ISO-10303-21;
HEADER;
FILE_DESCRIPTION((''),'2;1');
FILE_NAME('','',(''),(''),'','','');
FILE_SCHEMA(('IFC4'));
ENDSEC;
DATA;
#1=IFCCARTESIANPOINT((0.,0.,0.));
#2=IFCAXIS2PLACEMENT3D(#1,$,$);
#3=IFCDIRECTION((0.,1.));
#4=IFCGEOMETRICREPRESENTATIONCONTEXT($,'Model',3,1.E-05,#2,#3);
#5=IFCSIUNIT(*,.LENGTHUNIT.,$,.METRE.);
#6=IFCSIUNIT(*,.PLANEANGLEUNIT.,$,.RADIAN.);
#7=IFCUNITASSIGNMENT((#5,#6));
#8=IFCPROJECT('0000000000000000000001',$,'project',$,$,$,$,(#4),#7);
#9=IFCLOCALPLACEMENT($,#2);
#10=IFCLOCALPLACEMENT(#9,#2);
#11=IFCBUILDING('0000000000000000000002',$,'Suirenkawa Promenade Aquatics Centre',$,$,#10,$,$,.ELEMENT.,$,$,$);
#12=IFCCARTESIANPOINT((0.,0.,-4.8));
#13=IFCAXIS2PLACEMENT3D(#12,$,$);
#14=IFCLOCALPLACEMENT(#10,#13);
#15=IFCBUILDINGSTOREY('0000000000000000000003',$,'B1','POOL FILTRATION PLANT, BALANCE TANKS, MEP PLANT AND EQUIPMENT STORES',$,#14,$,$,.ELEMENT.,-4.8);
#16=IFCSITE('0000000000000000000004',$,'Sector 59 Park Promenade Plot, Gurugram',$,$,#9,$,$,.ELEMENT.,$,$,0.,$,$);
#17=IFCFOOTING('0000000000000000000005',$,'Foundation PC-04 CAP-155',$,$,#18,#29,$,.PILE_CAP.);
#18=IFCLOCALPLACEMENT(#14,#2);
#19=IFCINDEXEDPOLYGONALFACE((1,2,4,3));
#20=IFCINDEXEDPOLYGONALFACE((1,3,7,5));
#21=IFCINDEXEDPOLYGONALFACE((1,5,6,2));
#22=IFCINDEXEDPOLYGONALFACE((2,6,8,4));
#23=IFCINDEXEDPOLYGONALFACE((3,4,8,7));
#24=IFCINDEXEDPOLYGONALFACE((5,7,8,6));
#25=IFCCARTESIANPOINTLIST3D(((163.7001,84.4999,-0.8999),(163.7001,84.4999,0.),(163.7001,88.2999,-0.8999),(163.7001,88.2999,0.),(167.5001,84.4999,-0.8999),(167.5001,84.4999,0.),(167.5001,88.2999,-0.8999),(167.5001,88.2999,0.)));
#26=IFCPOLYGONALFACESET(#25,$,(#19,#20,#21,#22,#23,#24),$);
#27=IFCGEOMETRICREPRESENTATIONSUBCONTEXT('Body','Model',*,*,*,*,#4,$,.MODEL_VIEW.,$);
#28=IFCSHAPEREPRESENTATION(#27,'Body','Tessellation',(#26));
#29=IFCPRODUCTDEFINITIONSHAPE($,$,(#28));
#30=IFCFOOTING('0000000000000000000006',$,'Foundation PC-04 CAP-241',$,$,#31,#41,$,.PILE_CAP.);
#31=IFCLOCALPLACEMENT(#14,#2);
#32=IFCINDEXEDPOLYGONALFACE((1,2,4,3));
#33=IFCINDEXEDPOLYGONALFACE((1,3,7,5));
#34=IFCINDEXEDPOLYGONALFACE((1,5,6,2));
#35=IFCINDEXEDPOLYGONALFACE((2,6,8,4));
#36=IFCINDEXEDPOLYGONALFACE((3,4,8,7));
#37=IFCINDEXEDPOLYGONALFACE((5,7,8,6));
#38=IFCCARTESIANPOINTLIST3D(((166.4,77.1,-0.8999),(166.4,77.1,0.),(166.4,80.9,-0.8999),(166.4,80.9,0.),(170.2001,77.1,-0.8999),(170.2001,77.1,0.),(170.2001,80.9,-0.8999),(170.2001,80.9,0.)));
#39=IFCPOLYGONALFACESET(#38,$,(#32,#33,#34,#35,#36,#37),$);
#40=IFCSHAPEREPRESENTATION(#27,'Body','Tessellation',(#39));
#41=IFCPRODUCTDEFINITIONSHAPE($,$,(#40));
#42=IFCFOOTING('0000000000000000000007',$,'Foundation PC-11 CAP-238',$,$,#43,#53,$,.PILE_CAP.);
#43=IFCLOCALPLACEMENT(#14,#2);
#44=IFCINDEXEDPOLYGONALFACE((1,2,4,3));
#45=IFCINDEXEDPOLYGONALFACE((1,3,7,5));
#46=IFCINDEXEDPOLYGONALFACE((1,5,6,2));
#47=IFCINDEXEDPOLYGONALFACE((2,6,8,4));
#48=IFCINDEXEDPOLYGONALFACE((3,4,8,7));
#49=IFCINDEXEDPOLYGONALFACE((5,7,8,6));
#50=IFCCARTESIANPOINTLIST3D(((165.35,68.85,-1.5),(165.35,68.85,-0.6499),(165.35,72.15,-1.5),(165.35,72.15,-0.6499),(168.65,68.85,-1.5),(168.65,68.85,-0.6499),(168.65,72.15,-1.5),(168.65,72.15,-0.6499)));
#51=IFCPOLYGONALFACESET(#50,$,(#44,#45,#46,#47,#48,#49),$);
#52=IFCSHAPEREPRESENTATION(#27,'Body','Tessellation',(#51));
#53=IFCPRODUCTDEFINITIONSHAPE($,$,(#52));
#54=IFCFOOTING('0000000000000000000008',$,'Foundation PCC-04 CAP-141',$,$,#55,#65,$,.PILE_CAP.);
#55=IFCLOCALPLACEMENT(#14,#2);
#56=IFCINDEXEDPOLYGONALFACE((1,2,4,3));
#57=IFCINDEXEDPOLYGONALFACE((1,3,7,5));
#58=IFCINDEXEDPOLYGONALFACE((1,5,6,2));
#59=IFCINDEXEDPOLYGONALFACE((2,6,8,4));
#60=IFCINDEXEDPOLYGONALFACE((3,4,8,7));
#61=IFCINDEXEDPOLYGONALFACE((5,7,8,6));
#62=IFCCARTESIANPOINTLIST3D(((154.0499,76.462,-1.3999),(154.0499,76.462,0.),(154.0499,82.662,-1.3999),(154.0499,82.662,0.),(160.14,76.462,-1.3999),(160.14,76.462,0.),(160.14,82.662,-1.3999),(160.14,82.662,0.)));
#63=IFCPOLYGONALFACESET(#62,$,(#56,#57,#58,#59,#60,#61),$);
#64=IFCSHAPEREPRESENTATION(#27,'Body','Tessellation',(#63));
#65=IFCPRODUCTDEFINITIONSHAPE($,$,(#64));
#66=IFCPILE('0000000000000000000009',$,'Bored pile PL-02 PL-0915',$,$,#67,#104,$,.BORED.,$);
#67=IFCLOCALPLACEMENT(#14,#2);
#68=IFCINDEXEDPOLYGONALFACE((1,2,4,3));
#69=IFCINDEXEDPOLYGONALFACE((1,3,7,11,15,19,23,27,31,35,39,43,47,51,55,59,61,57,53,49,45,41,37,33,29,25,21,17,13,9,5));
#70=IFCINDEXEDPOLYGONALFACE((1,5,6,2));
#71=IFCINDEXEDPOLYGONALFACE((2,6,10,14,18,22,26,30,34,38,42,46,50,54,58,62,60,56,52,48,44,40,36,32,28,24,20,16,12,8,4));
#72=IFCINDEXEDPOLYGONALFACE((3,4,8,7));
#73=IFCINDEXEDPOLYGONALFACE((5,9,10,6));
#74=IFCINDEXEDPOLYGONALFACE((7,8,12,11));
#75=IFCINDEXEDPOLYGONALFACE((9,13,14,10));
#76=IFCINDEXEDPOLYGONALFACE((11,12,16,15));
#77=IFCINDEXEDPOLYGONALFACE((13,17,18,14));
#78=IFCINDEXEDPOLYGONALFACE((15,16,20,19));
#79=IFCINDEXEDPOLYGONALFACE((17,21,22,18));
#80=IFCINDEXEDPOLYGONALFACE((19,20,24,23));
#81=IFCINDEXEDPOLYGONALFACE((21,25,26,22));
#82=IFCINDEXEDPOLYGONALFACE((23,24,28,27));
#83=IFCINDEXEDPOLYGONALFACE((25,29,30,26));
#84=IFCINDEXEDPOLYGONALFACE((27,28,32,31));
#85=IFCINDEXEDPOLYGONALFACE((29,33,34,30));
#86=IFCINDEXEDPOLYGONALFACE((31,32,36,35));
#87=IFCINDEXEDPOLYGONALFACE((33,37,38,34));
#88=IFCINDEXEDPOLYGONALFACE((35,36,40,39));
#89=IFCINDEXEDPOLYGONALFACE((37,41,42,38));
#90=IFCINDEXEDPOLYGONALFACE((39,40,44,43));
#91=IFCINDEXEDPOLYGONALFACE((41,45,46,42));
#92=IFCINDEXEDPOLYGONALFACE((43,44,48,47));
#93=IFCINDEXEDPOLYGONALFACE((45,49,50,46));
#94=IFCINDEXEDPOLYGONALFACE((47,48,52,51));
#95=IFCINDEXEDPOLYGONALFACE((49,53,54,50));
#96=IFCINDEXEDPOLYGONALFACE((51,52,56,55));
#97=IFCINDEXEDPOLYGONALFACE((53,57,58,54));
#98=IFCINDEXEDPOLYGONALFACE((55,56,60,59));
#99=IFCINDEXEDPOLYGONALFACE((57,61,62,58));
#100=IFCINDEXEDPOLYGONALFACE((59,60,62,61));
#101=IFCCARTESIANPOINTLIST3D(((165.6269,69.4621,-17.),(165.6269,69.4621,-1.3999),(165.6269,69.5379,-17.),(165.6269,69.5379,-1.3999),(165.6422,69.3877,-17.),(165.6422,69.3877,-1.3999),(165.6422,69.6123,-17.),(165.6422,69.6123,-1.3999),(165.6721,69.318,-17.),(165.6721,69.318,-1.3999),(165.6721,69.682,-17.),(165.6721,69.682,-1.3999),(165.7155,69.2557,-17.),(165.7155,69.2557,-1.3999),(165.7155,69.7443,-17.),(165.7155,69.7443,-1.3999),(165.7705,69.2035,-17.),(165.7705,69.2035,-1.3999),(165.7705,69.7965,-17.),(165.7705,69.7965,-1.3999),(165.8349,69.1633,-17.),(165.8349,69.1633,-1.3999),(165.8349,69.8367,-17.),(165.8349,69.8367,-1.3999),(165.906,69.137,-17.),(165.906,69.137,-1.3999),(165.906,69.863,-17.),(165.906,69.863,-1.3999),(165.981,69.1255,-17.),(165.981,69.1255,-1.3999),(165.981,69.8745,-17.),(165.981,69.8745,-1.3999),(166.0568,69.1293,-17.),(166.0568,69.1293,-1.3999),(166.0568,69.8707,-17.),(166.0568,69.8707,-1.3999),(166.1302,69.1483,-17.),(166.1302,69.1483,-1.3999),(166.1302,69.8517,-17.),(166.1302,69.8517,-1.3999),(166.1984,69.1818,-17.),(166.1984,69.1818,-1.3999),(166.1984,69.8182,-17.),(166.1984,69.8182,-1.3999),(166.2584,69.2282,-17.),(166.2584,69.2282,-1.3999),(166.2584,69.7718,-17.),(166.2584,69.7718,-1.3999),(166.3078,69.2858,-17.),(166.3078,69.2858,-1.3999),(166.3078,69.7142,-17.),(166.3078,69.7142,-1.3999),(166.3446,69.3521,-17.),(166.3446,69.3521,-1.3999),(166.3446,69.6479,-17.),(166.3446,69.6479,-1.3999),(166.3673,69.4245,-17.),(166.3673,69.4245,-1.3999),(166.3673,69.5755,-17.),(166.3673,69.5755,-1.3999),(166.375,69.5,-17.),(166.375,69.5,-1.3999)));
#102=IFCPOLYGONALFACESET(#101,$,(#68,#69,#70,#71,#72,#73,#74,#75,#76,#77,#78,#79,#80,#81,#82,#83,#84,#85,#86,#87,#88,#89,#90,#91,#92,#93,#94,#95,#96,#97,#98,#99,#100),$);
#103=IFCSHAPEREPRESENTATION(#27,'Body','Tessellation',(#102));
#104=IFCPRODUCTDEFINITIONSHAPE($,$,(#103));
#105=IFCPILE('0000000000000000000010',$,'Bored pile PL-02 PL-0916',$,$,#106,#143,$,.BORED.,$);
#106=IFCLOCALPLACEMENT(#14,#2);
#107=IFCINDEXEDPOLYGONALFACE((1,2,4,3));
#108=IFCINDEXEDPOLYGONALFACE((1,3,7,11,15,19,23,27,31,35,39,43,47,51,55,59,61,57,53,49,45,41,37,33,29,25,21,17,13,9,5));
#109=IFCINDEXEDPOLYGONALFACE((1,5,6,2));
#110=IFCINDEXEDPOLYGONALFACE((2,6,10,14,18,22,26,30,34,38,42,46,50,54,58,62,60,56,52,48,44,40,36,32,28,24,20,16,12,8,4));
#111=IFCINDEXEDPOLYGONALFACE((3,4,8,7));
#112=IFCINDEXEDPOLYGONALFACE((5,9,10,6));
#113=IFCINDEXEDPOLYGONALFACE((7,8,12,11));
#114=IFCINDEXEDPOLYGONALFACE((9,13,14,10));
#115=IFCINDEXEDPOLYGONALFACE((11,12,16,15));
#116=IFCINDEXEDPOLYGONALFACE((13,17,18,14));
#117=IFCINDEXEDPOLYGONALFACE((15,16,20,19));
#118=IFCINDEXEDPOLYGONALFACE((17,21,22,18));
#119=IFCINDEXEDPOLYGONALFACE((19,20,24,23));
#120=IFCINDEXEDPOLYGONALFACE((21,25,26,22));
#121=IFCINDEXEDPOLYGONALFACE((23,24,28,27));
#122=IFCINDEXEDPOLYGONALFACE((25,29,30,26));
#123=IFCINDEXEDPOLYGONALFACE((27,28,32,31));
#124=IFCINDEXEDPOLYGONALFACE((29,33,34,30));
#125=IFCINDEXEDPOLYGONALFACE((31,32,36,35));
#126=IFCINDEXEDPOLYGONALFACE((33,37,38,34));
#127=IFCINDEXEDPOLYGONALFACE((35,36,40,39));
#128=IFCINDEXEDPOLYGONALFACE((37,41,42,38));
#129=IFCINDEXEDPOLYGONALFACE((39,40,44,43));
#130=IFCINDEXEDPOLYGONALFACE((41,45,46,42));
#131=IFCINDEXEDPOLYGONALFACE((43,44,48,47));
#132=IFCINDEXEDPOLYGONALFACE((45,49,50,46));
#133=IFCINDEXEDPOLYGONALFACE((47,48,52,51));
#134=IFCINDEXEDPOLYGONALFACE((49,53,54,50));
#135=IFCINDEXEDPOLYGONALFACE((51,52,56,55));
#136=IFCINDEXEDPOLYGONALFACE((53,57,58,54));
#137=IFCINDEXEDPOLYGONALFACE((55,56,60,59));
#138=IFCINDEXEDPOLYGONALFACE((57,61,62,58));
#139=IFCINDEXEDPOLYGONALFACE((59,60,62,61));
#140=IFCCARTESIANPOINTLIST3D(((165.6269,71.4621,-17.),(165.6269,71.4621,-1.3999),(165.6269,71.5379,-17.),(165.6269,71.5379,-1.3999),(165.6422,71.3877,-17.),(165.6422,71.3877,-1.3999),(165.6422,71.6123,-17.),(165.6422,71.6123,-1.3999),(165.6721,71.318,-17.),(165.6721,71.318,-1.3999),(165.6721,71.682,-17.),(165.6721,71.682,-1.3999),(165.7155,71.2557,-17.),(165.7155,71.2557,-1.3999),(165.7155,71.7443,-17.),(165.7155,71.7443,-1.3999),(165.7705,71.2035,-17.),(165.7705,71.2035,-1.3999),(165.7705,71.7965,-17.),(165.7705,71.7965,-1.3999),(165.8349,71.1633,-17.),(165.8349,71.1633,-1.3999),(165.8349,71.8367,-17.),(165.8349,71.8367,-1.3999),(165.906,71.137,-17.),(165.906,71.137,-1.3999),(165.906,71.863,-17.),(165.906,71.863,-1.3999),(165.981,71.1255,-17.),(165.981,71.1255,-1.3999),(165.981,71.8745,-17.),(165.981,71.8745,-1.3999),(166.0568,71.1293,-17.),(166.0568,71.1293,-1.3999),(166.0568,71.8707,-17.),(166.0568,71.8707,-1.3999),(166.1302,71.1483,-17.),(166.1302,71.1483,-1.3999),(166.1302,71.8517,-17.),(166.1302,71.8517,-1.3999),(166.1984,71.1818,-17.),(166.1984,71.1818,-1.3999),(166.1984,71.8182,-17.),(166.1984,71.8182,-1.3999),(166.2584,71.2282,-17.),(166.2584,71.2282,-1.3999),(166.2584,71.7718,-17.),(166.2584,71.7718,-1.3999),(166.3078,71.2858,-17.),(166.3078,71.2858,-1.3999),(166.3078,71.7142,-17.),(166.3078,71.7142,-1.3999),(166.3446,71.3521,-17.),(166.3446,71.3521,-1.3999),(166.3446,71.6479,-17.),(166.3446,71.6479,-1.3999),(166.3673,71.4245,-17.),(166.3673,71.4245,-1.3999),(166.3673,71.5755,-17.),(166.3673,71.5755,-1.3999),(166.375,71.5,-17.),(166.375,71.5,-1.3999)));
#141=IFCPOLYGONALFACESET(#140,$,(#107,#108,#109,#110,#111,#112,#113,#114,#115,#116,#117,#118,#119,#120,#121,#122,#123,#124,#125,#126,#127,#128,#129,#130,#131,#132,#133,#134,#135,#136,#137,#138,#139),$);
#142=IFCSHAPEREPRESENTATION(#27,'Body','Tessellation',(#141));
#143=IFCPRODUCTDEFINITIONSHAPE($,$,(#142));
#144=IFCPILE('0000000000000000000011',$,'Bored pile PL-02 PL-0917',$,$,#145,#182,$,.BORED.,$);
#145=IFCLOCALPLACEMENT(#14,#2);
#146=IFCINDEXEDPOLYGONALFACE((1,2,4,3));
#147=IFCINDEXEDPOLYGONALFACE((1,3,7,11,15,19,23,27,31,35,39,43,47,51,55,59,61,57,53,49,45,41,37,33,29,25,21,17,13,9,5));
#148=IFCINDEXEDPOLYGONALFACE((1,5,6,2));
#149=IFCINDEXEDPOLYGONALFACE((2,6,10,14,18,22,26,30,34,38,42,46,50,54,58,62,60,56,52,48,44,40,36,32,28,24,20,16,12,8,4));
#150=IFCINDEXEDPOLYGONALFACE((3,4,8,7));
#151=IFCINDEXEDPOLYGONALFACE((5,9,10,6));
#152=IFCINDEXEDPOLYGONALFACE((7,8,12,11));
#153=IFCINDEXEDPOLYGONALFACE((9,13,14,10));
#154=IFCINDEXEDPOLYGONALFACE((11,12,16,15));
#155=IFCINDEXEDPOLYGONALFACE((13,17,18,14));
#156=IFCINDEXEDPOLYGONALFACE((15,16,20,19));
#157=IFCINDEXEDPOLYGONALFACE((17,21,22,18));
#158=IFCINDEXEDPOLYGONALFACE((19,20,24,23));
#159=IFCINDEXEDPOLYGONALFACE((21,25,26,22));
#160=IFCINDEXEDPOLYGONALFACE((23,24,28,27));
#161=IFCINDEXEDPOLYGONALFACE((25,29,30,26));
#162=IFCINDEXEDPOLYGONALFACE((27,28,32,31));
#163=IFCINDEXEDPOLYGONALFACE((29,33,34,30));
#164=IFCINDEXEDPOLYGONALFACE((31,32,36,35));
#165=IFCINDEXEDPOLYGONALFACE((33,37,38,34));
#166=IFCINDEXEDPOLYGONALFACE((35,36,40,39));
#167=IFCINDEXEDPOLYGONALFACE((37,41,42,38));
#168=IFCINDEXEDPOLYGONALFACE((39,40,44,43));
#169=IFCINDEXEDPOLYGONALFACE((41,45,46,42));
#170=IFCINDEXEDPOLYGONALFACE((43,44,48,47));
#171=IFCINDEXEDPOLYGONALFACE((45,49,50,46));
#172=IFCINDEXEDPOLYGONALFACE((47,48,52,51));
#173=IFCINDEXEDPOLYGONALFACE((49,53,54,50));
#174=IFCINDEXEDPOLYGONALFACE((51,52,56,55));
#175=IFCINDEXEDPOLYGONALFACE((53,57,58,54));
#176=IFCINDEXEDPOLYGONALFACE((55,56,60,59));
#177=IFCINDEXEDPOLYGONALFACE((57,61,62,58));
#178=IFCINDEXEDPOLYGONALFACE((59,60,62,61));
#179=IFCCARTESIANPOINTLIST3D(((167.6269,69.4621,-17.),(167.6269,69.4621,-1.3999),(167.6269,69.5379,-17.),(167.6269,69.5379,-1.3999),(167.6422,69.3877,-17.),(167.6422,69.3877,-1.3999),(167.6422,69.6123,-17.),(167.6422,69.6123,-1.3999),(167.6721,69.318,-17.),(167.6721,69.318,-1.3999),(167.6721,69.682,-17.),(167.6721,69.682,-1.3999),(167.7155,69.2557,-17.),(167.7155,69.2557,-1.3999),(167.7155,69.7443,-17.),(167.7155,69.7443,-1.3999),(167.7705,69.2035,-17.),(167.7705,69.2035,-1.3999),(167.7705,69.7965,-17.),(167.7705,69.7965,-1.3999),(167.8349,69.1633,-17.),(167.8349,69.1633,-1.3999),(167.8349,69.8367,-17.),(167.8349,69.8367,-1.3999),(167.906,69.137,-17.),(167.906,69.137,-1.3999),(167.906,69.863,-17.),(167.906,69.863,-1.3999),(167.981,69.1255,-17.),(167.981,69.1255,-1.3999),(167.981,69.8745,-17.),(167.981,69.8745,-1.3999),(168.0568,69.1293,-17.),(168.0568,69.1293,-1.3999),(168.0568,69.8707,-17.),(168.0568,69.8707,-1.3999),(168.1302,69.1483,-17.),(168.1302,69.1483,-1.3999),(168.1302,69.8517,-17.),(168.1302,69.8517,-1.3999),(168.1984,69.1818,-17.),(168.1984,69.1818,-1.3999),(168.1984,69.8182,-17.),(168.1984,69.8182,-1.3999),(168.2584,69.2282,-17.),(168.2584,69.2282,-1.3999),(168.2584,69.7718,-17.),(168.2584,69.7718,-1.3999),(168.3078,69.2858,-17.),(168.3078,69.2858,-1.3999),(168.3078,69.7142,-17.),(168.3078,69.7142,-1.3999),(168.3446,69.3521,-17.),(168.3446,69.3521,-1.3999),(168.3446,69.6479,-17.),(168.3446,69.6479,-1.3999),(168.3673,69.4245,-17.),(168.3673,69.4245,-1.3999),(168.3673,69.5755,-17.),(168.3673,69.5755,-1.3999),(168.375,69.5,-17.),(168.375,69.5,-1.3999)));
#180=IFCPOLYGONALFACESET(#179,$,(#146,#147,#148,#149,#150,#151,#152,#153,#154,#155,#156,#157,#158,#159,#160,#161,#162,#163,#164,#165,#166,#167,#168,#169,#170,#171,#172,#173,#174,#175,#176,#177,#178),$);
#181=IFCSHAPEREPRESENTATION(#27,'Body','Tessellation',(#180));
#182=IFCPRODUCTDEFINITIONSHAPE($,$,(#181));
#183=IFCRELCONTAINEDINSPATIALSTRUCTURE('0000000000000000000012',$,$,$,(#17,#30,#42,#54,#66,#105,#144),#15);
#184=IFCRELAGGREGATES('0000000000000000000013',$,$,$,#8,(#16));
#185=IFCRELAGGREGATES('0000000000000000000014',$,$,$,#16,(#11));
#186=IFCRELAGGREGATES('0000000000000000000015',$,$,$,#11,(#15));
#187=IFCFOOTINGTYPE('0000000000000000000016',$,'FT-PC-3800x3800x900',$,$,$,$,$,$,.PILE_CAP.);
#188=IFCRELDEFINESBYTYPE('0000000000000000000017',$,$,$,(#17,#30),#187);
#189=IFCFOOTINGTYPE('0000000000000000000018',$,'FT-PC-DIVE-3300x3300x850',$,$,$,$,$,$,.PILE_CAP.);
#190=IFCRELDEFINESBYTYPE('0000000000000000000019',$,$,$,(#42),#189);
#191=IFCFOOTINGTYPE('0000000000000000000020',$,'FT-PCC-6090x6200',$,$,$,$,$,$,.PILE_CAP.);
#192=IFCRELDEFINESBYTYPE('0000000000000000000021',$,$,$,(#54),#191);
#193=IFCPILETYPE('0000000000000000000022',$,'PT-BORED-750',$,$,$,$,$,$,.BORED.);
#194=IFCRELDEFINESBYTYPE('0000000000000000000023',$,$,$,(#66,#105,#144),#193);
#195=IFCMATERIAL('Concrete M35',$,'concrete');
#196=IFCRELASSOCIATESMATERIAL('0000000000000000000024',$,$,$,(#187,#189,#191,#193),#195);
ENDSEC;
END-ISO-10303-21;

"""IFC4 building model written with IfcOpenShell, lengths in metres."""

from ifc_helpers import new_model, si_unit, direction, frame, origin, origin_2d, place, context, subcontext, project, spatial, rectangle, circle, extrude, material, material_profile, profile_set, type_object, element, save


model = new_model("IFC4")

# Units and contexts
model_context = context("Model", 3, precision=1e-05, world=origin(), true_north=direction((0.0, 1.0)))
body_context = subcontext(model_context, "Body", "Model", "MODEL_VIEW")
ifc_project = project(units=[si_unit("LENGTHUNIT", "METRE"), si_unit("PLANEANGLEUNIT", "RADIAN")], contexts=[model_context])

# Site, building, storey
site_placement = place(None, origin())
site = spatial("IfcSite", under=ifc_project, at=site_placement, Name="Sector 59 Park Promenade Plot, Gurugram", CompositionType="ELEMENT", RefElevation=0.0)
building_placement = place(site_placement, origin())
building = spatial("IfcBuilding", under=site, at=building_placement, Name="Suirenkawa Promenade Aquatics Centre", CompositionType="ELEMENT")
storey_placement = place(building_placement, frame((0.0, 0.0, -4.8)))
storey = spatial("IfcBuildingStorey", under=building, at=storey_placement, Name="B1", Description="POOL FILTRATION PLANT, BALANCE TANKS, MEP PLANT AND EQUIPMENT STORES", CompositionType="ELEMENT", Elevation=-4.8)

# Footings
ifc_material_1 = material(Name="Concrete M35", Category="concrete")
footing_type_1 = type_object("IfcFootingType", Name="FT-PC-3800x3800x900", PredefinedType="PILE_CAP", material=ifc_material_1)
for number, where, z_axis, x_axis, name in (
    (1, (165.6001, 86.3999, -0.8999), (0.0, 0.0, 1.0), (1.0, 0.0, 0.0), "Foundation PC-04 CAP-155"),
    (2, (168.3, 79.0, -0.8999), (0.0, 0.0, 1.0), (1.0, 0.0, 0.0), "Foundation PC-04 CAP-241"),
):
    element("IfcFooting", number, at=place(storey_placement, frame(where, z_axis=z_axis, x_axis=x_axis)), inside=storey, type_object=footing_type_1, Name=name, PredefinedType="PILE_CAP", context=body_context, shape_type="SweptSolid", body=[
        extrude(rectangle(XDim=3.8, YDim=3.8, at=origin_2d()), origin(), (0.0, 0.0, 1.0), 0.8999),
    ])
footing_type_2 = type_object("IfcFootingType", Name="FT-PC-DIVE-3300x3300x850", PredefinedType="PILE_CAP", material=ifc_material_1)
footing_1_placement = place(storey_placement, frame((167.0, 70.5, -1.5), z_axis=(0.0, 0.0, 1.0), x_axis=(1.0, 0.0, 0.0)))
element("IfcFooting", 3, at=footing_1_placement, inside=storey, type_object=footing_type_2, Name="Foundation PC-11 CAP-238", PredefinedType="PILE_CAP", context=body_context, shape_type="SweptSolid", body=[
    extrude(rectangle(XDim=3.3, YDim=3.3, at=origin_2d()), origin(), (0.0, 0.0, 1.0), 0.8501),
])
footing_type_3 = type_object("IfcFootingType", Name="FT-PCC-6090x6200", PredefinedType="PILE_CAP", material=ifc_material_1)
footing_2_placement = place(storey_placement, frame((157.095, 79.562, -1.3999), z_axis=(0.0, 0.0, 1.0), x_axis=(1.0, 0.0, 0.0)))
element("IfcFooting", 4, at=footing_2_placement, inside=storey, type_object=footing_type_3, Name="Foundation PCC-04 CAP-141", PredefinedType="PILE_CAP", context=body_context, shape_type="SweptSolid", body=[
    extrude(rectangle(XDim=6.0901, YDim=6.2, at=origin_2d()), origin(), (0.0, 0.0, 1.0), 1.3999),
])

# Piles
ifc_material_profile_1 = material_profile(ifc_material_1, circle(Radius=0.375, at=origin_2d()), Name="PILE D750", Category="concrete")
ifc_profile_set_1 = profile_set([ifc_material_profile_1], Name="Concrete M35")
pile_type_1 = type_object("IfcPileType", Name="PT-BORED-750", PredefinedType="BORED", material=ifc_profile_set_1)
for number, where, z_axis, x_axis, name in (
    (5, (166.0, 69.5, -1.3999), (0.0, 0.0, -1.0), (1.0, 0.0, 0.0), "Bored pile PL-02 PL-0915"),
    (6, (166.0, 71.5, -1.3999), (0.0, 0.0, -1.0), (1.0, 0.0, 0.0), "Bored pile PL-02 PL-0916"),
    (7, (168.0, 69.5, -1.3999), (0.0, 0.0, -1.0), (1.0, 0.0, 0.0), "Bored pile PL-02 PL-0917"),
):
    element("IfcPile", number, at=place(storey_placement, frame(where, z_axis=z_axis, x_axis=x_axis)), inside=storey, type_object=pile_type_1, Name=name, PredefinedType="BORED", context=body_context, shape_type="SweptSolid", body=[
        extrude(circle(Radius=0.375, at=origin_2d()), origin(), (0.0, 0.0, 1.0), 15.6001),
    ])

save(model, "model.ifc")
